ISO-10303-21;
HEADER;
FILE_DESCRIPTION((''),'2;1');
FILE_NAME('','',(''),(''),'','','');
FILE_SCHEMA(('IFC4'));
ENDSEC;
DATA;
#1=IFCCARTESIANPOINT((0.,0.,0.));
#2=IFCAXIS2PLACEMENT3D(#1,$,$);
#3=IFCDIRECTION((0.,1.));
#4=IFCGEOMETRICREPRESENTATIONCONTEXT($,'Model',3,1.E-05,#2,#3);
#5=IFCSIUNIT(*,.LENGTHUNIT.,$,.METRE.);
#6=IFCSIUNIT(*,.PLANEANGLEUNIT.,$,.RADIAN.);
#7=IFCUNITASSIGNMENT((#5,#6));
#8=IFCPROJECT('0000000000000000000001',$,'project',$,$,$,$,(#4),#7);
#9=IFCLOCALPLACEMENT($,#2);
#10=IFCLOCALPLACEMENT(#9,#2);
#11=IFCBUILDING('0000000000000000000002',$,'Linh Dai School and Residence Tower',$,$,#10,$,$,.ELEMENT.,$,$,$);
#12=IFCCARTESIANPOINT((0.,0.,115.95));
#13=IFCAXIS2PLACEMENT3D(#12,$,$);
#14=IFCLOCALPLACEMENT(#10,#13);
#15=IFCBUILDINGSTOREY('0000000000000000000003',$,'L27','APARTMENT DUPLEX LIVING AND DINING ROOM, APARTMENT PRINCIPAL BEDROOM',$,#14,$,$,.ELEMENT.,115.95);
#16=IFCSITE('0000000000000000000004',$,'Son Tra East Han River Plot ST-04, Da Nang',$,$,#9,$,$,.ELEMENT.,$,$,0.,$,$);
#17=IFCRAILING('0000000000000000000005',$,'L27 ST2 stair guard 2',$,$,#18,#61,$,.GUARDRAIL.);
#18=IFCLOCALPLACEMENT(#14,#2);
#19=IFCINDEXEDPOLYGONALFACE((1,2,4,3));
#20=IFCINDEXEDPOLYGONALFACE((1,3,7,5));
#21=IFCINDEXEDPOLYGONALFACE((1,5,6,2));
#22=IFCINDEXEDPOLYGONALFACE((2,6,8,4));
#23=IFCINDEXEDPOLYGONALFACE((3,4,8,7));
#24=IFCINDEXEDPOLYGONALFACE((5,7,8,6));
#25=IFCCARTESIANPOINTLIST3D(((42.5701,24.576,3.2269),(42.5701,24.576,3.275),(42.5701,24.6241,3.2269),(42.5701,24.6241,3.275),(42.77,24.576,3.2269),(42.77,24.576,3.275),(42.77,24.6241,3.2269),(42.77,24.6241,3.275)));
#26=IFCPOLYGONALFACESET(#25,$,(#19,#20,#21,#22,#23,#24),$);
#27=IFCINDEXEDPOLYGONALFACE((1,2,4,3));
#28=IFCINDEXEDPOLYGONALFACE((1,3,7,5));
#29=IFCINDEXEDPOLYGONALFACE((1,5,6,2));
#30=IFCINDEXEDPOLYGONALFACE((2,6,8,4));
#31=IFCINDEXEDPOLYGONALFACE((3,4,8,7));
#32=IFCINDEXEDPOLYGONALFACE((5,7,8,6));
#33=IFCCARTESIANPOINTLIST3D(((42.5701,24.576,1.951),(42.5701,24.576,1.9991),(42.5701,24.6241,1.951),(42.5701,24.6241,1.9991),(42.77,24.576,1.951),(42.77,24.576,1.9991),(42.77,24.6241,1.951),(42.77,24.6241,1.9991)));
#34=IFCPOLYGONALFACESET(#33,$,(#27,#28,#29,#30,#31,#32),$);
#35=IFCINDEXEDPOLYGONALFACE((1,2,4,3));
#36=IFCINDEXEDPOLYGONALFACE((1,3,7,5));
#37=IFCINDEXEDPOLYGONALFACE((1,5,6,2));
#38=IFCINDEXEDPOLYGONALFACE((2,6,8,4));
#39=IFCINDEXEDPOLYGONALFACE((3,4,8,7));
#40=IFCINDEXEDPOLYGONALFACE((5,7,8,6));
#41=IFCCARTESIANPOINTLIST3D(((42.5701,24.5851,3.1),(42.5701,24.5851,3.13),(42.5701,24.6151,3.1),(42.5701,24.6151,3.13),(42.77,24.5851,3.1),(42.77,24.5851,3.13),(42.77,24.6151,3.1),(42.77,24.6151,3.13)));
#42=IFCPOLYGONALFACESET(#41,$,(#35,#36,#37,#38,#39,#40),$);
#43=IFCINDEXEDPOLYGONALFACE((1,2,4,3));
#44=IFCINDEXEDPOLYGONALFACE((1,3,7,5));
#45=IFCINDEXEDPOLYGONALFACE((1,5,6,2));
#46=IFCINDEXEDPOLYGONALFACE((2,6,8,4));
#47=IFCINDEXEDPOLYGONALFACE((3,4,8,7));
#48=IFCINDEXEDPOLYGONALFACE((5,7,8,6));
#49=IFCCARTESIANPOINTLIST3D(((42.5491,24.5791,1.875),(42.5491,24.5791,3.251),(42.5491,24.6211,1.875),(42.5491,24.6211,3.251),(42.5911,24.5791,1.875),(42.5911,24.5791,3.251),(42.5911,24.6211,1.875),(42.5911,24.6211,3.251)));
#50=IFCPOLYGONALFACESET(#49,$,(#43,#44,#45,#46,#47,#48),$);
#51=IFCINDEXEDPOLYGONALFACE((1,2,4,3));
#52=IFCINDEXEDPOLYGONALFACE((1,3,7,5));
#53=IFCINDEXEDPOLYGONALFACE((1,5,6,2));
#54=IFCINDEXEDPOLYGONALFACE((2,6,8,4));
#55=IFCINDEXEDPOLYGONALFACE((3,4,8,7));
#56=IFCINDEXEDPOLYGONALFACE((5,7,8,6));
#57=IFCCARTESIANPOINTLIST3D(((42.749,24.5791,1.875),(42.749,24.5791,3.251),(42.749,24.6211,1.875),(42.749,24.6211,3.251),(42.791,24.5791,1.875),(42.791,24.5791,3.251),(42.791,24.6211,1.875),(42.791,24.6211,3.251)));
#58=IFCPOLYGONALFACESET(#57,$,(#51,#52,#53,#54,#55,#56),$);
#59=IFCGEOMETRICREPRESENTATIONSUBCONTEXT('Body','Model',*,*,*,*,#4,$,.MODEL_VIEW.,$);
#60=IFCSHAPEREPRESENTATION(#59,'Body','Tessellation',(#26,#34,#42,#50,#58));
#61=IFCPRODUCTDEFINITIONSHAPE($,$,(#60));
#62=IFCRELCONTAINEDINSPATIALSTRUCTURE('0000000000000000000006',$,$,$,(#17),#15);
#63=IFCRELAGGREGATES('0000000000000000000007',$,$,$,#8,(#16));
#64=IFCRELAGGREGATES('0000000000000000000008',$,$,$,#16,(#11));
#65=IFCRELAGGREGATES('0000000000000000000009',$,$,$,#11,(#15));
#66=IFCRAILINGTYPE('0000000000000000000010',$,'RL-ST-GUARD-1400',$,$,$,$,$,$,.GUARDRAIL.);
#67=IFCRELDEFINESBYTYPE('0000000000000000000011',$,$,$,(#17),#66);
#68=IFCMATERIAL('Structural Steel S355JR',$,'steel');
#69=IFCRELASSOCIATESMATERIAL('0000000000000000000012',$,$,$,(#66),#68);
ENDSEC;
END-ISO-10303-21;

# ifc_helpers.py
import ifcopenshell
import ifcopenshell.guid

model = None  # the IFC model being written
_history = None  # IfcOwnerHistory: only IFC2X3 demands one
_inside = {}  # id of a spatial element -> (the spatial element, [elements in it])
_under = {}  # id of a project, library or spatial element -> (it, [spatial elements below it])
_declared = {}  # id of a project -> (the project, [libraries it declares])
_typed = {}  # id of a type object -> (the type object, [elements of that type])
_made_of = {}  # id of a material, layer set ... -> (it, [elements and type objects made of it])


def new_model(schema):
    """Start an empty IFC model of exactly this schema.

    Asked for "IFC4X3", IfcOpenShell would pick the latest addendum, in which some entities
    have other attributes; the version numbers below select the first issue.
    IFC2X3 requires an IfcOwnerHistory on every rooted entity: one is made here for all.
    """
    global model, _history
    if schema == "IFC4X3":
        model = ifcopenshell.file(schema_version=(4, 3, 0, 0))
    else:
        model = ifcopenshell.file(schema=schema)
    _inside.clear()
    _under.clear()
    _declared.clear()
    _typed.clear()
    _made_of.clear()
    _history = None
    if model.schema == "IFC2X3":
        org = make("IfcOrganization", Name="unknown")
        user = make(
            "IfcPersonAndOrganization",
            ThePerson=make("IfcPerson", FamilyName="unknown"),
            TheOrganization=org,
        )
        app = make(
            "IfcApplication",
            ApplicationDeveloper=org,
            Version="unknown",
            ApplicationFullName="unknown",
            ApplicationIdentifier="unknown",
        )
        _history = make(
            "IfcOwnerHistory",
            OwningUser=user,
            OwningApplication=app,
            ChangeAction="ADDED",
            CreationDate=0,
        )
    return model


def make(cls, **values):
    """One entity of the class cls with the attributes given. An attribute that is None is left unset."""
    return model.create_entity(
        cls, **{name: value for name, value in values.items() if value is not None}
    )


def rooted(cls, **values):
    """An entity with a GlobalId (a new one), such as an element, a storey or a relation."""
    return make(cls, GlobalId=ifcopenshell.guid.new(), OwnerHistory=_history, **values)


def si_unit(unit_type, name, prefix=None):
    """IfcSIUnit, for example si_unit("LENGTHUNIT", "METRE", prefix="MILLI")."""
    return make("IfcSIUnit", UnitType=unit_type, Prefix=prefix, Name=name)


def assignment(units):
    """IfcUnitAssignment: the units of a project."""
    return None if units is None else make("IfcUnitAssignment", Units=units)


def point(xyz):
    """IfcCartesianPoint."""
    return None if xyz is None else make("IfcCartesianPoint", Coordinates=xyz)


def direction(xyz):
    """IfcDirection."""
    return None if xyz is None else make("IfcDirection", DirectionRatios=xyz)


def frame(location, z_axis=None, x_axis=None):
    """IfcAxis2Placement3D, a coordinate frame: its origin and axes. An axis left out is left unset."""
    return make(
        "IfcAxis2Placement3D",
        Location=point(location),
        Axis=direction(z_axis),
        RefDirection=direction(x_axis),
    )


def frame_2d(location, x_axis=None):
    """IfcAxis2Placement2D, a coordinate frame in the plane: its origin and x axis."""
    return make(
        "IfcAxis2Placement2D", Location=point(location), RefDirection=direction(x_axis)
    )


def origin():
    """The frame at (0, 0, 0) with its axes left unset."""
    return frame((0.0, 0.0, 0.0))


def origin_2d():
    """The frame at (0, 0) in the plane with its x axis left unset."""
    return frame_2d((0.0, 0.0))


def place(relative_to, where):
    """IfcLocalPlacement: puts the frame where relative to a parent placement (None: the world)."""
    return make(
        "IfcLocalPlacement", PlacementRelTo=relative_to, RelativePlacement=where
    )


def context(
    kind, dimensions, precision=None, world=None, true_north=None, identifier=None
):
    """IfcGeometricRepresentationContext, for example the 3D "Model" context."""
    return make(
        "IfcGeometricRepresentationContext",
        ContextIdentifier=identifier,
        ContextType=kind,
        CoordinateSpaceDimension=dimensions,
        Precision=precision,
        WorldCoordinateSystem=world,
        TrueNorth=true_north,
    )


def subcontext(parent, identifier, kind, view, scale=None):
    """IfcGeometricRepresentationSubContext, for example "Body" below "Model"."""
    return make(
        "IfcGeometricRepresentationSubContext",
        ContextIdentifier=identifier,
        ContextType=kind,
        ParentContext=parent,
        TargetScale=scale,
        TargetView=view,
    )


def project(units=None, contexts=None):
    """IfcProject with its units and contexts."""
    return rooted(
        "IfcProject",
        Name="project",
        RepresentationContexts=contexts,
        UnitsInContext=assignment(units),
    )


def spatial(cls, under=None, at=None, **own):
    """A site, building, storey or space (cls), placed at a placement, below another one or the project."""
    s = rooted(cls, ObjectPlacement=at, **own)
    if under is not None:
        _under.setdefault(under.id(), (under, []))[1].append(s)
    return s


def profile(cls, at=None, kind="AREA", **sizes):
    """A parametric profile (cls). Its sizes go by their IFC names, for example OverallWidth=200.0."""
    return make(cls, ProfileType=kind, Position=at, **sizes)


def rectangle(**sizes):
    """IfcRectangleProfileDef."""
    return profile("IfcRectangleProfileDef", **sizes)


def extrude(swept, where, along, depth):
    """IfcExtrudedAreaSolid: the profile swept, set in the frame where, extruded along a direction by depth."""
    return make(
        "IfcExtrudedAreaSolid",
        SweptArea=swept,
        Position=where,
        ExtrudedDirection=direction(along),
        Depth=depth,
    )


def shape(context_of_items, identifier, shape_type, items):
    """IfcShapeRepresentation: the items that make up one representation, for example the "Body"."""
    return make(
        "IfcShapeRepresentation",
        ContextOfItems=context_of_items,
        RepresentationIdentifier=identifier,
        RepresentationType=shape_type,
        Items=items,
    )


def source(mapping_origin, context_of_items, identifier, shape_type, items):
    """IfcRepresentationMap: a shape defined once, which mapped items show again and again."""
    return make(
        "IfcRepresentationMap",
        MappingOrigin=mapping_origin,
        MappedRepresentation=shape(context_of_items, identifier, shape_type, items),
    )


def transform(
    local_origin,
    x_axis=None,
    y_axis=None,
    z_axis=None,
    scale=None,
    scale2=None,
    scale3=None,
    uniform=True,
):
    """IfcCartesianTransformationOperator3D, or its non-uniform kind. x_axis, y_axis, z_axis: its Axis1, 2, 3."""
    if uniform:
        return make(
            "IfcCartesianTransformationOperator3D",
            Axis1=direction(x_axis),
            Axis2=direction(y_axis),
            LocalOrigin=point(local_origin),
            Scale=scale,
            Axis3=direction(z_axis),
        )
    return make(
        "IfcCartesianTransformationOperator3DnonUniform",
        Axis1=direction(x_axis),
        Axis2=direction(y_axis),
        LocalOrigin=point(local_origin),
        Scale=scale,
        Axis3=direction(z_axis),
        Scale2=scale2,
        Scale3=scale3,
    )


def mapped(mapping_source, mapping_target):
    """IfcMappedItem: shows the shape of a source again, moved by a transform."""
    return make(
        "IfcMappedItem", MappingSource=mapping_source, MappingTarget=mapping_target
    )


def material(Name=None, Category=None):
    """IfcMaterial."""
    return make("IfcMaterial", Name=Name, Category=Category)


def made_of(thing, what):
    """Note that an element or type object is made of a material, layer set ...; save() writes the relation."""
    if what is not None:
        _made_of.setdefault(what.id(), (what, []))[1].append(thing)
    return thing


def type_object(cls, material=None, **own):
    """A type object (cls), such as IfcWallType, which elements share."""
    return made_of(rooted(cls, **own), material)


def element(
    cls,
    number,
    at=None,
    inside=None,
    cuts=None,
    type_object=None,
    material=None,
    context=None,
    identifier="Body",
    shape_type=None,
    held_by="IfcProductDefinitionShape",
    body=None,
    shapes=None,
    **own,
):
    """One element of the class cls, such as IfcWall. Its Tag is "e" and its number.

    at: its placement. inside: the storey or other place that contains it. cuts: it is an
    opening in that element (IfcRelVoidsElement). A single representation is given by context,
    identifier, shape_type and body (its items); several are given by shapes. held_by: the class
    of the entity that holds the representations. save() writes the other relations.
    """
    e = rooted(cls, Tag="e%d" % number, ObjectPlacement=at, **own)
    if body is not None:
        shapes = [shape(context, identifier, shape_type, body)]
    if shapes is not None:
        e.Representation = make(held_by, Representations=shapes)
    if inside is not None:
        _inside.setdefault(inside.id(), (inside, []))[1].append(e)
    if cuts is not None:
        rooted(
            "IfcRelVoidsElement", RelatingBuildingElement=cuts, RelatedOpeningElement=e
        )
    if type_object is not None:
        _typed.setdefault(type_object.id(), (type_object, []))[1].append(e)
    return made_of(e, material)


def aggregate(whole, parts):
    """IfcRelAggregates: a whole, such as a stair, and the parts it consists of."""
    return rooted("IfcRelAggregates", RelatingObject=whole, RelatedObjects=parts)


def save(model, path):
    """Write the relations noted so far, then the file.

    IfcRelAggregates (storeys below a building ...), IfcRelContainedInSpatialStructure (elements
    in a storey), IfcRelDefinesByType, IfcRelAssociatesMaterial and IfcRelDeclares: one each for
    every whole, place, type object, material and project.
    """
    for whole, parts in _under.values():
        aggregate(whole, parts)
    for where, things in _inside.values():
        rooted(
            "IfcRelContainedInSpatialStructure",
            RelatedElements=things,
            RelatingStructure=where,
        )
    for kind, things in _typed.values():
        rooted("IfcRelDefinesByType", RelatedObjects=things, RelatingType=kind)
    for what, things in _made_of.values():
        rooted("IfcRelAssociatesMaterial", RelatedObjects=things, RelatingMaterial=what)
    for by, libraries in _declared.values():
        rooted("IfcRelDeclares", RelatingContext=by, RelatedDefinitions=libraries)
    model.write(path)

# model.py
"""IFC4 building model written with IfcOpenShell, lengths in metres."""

from ifc_helpers import new_model, si_unit, direction, frame, origin, origin_2d, place, context, subcontext, project, spatial, rectangle, extrude, source, transform, mapped, material, type_object, element, save


model = new_model("IFC4")

# Units and contexts
model_context = context("Model", 3, precision=1e-05, world=origin(), true_north=direction((0.0, 1.0)))
body_context = subcontext(model_context, "Body", "Model", "MODEL_VIEW")
ifc_project = project(units=[si_unit("LENGTHUNIT", "METRE"), si_unit("PLANEANGLEUNIT", "RADIAN")], contexts=[model_context])

# Site, building, storey
site_placement = place(None, origin())
site = spatial("IfcSite", under=ifc_project, at=site_placement, Name="Son Tra East Han River Plot ST-04, Da Nang", CompositionType="ELEMENT", RefElevation=0.0)
building_placement = place(site_placement, origin())
building = spatial("IfcBuilding", under=site, at=building_placement, Name="Linh Dai School and Residence Tower", CompositionType="ELEMENT")
storey_placement = place(building_placement, frame((0.0, 0.0, 115.95)))
storey = spatial("IfcBuildingStorey", under=building, at=storey_placement, Name="L27", Description="APARTMENT DUPLEX LIVING AND DINING ROOM, APARTMENT PRINCIPAL BEDROOM", CompositionType="ELEMENT", Elevation=115.95)

# Shared definitions
ifc_material_1 = material(Name="Structural Steel S355JR", Category="steel")

# Railing
railing_type_1 = type_object("IfcRailingType", Name="RL-ST-GUARD-1400", PredefinedType="GUARDRAIL", material=ifc_material_1)
shared_shape_1 = source(origin(), body_context, "Body", "SweptSolid", [
    extrude(rectangle(XDim=0.0481, YDim=0.0481, at=origin_2d()), frame((0.0, 0.0, 1.376), z_axis=(1.0, 0.0, 0.0), x_axis=(0.0, 1.0, 0.0)), (0.0, 0.0, 1.0), 0.2),
    extrude(rectangle(XDim=0.0481, YDim=0.0481, at=origin_2d()), frame((0.0, 0.0, 0.1001), z_axis=(1.0, 0.0, 0.0), x_axis=(0.0, 1.0, 0.0)), (0.0, 0.0, 1.0), 0.2),
    extrude(rectangle(XDim=0.03, YDim=0.03, at=origin_2d()), frame((0.0, 0.0, 1.24), z_axis=(1.0, 0.0, 0.0), x_axis=(0.0, 1.0, 0.0)), (0.0, 0.0, 1.0), 0.2),
    extrude(rectangle(XDim=0.042, YDim=0.042, at=origin_2d()), origin(), (0.0, 0.0, 1.0), 1.376),
    extrude(rectangle(XDim=0.042, YDim=0.042, at=origin_2d()), frame((0.2, 0.0, 0.0)), (0.0, 0.0, 1.0), 1.376),
])
railing_1_placement = place(storey_placement, frame((42.5701, 24.6001, 1.875)))
element("IfcRailing", 1, at=railing_1_placement, inside=storey, type_object=railing_type_1, Name="L27 ST2 stair guard 2", PredefinedType="GUARDRAIL", context=body_context, shape_type="MappedRepresentation", body=[
    mapped(shared_shape_1, transform((0.0, 0.0, 0.0), x_axis=(1.0, 0.0, 0.0), y_axis=(0.0, 1.0, 0.0), z_axis=(0.0, 0.0, 1.0), scale=1.0)),
])

save(model, "model.ifc")
